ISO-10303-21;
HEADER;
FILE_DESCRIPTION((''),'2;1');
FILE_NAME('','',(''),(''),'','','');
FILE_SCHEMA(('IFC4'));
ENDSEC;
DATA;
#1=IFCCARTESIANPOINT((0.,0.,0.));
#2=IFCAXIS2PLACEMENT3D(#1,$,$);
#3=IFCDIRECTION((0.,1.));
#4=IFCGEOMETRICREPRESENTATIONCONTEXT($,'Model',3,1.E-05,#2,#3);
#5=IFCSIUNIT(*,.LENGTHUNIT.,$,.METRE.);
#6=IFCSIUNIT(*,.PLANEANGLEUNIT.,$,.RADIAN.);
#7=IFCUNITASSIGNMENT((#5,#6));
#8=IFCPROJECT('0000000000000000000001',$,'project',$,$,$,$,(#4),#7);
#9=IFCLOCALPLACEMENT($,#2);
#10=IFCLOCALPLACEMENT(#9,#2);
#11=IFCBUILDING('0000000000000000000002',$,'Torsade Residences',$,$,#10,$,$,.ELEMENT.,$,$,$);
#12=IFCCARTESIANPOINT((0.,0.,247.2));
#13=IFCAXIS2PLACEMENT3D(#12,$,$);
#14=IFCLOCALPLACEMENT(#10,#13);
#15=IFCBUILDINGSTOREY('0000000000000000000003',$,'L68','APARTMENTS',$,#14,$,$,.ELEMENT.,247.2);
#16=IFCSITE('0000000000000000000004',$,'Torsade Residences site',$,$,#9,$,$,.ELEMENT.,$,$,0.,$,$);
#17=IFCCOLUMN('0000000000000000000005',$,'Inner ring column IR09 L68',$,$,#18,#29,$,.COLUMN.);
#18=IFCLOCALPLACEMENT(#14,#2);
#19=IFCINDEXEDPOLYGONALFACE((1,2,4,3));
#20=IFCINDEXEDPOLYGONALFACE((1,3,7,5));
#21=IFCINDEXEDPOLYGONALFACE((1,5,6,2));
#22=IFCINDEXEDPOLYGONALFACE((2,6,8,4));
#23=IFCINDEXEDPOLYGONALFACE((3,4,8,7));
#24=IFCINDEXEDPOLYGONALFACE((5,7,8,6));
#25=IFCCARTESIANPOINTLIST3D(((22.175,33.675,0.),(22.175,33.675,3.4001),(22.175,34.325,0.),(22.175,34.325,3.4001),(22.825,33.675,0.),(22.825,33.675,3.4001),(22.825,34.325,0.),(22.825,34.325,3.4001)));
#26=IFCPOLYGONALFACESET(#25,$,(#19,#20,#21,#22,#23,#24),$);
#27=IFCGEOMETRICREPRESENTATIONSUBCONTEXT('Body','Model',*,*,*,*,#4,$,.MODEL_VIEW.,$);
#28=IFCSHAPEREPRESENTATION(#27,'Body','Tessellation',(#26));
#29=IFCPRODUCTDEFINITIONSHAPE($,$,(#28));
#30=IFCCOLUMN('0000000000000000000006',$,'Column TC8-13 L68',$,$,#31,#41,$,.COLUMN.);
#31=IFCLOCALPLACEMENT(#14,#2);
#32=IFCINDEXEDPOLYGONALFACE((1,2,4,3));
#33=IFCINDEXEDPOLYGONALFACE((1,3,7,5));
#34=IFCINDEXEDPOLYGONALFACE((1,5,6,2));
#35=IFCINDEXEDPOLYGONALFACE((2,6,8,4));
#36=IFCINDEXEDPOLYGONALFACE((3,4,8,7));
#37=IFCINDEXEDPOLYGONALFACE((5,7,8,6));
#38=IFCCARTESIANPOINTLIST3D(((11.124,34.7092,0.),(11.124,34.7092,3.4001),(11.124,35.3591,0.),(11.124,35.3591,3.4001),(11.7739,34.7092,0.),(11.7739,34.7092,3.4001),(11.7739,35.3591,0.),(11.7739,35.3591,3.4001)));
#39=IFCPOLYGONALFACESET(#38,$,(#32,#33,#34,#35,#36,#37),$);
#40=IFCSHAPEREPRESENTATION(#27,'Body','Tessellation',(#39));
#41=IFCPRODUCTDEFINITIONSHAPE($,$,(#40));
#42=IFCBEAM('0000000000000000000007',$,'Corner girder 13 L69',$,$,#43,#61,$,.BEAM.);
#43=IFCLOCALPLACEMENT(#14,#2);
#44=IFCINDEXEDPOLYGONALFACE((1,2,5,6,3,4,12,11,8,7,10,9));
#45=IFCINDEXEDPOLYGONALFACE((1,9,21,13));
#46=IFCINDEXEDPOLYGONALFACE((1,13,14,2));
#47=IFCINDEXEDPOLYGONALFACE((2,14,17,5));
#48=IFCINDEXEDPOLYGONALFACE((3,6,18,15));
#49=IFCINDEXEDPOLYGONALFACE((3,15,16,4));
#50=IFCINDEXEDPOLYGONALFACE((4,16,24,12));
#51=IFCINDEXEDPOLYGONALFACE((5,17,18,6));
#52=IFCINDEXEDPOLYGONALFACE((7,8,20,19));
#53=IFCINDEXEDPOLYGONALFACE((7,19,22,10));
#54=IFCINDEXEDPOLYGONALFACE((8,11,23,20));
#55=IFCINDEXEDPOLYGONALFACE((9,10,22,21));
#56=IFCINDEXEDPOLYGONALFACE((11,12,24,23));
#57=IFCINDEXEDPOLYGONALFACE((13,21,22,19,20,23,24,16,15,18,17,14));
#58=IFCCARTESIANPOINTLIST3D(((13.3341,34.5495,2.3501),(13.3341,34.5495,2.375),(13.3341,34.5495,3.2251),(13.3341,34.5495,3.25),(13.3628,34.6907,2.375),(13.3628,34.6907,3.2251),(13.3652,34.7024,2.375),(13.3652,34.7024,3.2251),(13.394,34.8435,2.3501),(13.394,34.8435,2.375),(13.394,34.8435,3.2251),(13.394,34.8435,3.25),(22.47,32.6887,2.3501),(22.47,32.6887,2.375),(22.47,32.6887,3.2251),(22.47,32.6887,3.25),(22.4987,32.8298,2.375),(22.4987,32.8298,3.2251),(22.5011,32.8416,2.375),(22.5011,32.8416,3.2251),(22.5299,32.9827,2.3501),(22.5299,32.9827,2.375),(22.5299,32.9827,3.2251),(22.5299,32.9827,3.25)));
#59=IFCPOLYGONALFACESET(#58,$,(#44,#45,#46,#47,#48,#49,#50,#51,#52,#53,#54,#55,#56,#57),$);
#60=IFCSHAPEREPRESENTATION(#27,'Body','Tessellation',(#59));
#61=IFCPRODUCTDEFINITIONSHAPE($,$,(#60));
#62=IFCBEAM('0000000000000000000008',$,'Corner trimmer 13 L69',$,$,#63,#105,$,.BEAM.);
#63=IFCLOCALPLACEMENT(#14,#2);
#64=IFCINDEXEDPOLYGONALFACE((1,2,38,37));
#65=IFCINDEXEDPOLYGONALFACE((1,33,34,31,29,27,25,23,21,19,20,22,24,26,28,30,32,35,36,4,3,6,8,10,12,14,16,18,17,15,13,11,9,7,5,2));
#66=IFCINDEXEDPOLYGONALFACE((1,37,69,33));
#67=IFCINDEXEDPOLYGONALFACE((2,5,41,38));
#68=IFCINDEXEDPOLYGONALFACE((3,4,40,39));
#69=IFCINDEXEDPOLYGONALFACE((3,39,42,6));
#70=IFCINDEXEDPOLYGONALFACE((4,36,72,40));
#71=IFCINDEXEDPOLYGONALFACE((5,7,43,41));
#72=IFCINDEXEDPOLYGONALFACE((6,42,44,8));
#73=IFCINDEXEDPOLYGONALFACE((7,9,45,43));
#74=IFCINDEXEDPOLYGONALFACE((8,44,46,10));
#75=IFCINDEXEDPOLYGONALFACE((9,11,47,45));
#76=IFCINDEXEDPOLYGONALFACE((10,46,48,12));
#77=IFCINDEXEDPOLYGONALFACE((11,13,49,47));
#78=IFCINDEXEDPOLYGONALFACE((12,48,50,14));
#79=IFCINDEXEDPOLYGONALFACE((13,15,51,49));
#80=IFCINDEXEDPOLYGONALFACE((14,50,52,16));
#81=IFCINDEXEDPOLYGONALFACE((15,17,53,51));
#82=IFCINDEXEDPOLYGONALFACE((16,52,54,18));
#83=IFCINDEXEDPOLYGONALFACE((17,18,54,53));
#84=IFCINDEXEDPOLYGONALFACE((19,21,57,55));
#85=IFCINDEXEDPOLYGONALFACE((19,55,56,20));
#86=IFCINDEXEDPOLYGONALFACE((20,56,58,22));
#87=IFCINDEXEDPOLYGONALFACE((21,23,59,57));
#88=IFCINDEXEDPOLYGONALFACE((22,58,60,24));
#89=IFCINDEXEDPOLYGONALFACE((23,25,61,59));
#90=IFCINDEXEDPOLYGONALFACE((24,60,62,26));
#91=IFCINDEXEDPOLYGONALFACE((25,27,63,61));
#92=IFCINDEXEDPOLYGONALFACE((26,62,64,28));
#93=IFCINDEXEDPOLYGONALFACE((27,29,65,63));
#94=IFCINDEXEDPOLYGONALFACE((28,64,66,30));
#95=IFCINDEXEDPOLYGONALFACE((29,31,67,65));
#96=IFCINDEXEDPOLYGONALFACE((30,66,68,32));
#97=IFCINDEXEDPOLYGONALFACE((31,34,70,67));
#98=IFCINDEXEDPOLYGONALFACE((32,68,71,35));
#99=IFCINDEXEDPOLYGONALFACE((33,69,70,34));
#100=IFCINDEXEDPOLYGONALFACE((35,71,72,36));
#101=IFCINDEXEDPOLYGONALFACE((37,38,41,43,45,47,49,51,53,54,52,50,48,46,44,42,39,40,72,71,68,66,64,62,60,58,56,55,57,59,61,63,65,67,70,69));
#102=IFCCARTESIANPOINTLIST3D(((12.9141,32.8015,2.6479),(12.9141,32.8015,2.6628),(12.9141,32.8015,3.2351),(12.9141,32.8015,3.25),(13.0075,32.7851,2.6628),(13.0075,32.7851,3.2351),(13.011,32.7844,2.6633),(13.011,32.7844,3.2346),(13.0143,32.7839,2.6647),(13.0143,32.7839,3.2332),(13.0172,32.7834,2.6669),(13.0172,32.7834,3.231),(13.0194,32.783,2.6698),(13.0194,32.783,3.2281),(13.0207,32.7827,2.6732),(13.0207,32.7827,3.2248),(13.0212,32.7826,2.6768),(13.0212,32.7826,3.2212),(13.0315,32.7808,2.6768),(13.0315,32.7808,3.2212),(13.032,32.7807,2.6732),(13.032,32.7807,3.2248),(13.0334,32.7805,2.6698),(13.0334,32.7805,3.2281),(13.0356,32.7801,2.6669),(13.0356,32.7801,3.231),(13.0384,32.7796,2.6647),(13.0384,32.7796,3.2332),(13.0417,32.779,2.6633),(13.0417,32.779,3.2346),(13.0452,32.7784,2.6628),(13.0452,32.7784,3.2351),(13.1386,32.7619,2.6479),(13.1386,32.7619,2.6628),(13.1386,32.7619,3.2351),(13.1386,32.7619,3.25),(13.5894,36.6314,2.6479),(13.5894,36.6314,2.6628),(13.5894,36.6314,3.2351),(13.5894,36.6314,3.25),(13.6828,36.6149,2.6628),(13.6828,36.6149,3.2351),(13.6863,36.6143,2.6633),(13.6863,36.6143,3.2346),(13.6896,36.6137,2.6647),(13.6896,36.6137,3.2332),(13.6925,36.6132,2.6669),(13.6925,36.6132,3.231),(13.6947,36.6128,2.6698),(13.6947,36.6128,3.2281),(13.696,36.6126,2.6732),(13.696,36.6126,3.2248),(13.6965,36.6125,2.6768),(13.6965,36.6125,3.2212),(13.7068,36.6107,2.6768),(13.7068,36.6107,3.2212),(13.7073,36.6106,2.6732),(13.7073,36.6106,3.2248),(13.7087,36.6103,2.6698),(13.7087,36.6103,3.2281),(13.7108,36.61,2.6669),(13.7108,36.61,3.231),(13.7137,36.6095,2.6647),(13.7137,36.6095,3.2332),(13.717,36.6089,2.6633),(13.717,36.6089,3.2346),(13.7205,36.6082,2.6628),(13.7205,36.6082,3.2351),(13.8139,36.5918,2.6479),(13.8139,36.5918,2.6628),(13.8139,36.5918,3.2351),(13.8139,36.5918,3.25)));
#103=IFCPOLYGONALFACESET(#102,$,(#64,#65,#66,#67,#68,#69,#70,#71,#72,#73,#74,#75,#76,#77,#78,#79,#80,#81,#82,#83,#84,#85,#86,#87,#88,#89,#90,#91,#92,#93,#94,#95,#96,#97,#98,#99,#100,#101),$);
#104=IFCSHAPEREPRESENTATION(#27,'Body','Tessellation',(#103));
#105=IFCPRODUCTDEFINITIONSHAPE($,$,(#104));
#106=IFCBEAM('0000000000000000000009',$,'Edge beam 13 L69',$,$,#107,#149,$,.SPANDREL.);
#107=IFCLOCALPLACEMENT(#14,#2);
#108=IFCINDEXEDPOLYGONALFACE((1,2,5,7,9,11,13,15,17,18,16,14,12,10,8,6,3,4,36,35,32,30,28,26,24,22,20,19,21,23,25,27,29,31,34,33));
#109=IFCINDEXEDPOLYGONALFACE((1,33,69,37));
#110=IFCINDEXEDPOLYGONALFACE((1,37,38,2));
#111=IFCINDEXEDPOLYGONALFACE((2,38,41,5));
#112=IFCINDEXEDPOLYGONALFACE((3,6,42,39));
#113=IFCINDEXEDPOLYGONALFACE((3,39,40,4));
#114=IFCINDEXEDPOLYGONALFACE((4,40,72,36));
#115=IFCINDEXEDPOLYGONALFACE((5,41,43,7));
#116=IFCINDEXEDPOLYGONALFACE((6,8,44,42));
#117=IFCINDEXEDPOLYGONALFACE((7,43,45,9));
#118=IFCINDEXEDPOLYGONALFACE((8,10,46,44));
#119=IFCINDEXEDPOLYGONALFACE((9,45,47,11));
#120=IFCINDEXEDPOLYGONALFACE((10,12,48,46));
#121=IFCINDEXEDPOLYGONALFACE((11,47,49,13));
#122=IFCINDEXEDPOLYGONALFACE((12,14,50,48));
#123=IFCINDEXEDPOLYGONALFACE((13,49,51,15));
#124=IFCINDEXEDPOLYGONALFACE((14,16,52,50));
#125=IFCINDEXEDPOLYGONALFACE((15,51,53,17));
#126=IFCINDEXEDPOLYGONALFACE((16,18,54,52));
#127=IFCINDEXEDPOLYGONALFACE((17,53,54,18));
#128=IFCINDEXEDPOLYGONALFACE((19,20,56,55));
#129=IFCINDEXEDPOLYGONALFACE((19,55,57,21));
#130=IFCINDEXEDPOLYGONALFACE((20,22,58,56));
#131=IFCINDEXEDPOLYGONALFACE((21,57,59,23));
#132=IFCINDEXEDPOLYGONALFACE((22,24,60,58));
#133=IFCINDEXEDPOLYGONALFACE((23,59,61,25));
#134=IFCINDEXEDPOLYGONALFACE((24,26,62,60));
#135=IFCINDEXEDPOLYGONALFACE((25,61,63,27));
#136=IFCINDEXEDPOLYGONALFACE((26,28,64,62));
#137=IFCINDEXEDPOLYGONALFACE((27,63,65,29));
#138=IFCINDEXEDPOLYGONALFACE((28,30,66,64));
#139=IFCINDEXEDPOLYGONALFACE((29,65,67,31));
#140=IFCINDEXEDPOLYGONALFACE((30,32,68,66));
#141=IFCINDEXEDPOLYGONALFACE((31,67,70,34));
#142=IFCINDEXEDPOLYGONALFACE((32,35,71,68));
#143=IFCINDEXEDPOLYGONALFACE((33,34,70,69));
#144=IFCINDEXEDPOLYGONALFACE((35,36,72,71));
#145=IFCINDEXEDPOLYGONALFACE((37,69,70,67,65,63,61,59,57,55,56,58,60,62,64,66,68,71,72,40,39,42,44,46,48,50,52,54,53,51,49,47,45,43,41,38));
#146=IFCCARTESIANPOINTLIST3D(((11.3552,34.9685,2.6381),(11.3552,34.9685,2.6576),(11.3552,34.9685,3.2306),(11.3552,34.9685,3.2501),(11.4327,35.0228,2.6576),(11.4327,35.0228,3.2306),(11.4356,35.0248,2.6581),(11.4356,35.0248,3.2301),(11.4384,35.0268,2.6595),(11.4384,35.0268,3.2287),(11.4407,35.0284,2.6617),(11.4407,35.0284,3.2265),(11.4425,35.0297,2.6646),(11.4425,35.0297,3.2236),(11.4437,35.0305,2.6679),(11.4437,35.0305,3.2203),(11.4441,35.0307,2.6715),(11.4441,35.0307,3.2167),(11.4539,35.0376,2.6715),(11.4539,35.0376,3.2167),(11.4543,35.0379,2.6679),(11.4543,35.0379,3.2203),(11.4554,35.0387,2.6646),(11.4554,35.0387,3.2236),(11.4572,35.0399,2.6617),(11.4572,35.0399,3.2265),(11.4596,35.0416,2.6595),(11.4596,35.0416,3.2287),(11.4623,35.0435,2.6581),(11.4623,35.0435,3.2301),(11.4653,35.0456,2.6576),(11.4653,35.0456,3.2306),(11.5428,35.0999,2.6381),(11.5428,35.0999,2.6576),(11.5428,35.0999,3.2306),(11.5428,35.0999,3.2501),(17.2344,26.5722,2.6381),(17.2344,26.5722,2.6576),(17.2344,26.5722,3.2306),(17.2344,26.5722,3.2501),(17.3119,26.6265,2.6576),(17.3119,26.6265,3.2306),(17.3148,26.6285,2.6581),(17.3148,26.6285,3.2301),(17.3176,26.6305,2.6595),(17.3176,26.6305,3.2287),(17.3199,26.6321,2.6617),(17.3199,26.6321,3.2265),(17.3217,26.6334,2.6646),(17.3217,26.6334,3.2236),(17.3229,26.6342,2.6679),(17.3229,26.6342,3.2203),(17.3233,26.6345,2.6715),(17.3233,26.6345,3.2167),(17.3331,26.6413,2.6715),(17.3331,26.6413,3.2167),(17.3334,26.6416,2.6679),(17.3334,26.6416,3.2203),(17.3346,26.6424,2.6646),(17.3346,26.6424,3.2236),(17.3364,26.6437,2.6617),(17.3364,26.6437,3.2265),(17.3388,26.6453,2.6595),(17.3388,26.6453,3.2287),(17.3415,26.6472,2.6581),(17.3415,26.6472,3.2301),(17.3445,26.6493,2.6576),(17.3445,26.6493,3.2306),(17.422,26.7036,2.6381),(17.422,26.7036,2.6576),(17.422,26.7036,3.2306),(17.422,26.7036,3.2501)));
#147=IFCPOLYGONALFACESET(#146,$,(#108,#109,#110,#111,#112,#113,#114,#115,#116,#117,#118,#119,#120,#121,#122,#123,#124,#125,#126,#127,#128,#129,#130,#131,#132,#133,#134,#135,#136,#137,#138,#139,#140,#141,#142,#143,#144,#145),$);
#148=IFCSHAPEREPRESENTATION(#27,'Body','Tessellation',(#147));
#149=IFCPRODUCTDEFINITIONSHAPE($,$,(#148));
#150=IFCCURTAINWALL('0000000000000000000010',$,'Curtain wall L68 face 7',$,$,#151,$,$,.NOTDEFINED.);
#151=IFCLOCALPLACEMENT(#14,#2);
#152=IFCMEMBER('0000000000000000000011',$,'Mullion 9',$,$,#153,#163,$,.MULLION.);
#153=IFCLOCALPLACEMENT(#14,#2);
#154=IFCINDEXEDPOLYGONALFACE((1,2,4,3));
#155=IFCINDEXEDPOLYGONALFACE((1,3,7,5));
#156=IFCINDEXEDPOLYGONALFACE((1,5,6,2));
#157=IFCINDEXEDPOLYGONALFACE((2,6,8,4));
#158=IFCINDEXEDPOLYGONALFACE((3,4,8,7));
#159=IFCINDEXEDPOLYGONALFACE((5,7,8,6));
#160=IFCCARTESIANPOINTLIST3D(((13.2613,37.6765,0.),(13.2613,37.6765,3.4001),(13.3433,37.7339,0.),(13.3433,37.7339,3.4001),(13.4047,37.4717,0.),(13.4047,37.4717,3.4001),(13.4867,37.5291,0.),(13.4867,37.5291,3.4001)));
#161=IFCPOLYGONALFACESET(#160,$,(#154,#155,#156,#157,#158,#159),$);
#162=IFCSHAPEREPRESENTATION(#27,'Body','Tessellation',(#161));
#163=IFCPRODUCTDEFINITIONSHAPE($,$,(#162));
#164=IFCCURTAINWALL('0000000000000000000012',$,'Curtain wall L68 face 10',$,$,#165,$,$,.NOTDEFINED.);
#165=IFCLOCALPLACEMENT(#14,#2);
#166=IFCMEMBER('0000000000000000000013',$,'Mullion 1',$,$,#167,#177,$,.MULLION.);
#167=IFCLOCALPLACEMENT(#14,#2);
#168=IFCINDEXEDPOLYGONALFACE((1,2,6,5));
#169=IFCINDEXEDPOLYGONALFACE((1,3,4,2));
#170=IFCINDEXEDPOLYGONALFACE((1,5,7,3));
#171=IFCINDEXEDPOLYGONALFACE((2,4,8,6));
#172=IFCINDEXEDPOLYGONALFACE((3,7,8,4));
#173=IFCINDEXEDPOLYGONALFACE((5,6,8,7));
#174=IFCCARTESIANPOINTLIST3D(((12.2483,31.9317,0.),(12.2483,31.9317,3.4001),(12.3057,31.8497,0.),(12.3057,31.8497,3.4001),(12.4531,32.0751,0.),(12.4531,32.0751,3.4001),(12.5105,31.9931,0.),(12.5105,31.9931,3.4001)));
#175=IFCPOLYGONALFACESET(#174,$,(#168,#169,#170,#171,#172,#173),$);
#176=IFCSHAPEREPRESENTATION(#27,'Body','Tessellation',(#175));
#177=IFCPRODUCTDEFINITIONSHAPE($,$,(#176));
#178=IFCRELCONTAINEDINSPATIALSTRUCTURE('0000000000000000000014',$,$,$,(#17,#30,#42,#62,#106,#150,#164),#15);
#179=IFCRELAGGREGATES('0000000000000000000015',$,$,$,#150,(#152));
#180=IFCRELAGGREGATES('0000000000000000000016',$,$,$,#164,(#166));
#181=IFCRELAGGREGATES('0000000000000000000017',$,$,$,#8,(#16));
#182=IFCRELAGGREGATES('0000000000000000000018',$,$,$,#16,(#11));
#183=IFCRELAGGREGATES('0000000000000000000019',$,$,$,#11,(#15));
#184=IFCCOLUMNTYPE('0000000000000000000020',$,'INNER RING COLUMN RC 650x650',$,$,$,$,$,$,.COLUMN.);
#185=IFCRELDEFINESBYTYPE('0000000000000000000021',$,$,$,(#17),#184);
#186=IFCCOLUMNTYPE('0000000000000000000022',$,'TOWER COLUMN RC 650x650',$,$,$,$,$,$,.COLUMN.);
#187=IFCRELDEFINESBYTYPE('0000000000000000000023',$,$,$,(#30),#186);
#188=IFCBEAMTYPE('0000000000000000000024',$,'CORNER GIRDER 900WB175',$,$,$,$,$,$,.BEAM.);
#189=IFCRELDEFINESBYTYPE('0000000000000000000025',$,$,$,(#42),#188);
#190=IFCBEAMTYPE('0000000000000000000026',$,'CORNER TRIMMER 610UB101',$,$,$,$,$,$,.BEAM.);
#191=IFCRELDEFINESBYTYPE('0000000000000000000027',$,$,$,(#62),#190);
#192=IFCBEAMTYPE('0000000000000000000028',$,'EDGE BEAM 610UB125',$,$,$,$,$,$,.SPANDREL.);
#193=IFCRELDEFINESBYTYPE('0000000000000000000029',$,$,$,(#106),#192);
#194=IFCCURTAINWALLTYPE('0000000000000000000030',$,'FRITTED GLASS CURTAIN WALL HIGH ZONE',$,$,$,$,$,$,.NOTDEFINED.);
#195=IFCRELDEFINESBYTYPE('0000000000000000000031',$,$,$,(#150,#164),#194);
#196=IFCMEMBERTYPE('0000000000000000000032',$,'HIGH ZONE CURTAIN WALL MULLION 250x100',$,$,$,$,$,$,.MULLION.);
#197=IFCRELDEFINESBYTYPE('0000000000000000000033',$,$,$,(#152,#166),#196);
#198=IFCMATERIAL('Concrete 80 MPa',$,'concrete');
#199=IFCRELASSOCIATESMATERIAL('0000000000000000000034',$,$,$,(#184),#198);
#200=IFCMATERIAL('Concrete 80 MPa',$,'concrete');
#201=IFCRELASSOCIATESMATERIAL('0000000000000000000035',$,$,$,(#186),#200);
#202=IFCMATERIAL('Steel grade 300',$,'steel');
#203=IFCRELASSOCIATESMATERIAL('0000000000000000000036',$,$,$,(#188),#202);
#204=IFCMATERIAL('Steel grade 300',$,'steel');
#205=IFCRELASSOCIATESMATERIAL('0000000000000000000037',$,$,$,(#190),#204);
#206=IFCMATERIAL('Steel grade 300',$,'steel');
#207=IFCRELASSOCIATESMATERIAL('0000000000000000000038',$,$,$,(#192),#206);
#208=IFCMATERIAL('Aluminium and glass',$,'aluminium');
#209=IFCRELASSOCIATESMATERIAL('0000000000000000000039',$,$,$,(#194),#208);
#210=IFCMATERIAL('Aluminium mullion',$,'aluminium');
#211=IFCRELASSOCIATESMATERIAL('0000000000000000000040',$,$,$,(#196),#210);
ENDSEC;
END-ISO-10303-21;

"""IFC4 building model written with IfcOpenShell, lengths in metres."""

from ifc_helpers import new_model, si_unit, direction, frame, origin, origin_2d, place, context, subcontext, project, spatial, rectangle, i_section, extrude, material, material_profile, profile_set, type_object, element, aggregate, save


model = new_model("IFC4")

# Units and contexts
model_context = context("Model", 3, precision=1e-05, world=origin(), true_north=direction((0.0, 1.0)))
body_context = subcontext(model_context, "Body", "Model", "MODEL_VIEW")
ifc_project = project(units=[si_unit("LENGTHUNIT", "METRE"), si_unit("PLANEANGLEUNIT", "RADIAN")], contexts=[model_context])

# Site, building, storey
site_placement = place(None, origin())
site = spatial("IfcSite", under=ifc_project, at=site_placement, Name="Torsade Residences site", CompositionType="ELEMENT", RefElevation=0.0)
building_placement = place(site_placement, origin())
building = spatial("IfcBuilding", under=site, at=building_placement, Name="Torsade Residences", CompositionType="ELEMENT")
storey_placement = place(building_placement, frame((0.0, 0.0, 247.2)))
storey = spatial("IfcBuildingStorey", under=building, at=storey_placement, Name="L68", Description="APARTMENTS", CompositionType="ELEMENT", Elevation=247.2)

# Columns
ifc_material_1 = material(Name="Concrete 80 MPa", Category="concrete")
ifc_material_profile_1 = material_profile(ifc_material_1, rectangle(XDim=0.6499, YDim=0.6499, at=origin_2d()), Name="RC 650x650")
ifc_profile_set_1 = profile_set([ifc_material_profile_1], Name="Concrete 80 MPa")
column_type_1 = type_object("IfcColumnType", Name="INNER RING COLUMN RC 650x650", PredefinedType="COLUMN", material=ifc_profile_set_1)
column_1_placement = place(storey_placement, frame((22.5, 34.0, 0.0), z_axis=(0.0, 0.0, 1.0), x_axis=(1.0, 0.0, 0.0)))
element("IfcColumn", 1, at=column_1_placement, inside=storey, type_object=column_type_1, Name="Inner ring column IR09 L68", PredefinedType="COLUMN", context=body_context, shape_type="SweptSolid", body=[
    extrude(rectangle(XDim=0.6499, YDim=0.6499, at=origin_2d()), origin(), (0.0, 0.0, 1.0), 3.4001),
])
ifc_material_2 = material(Name="Concrete 80 MPa", Category="concrete")
ifc_material_profile_2 = material_profile(ifc_material_2, rectangle(XDim=0.6499, YDim=0.6499, at=origin_2d()), Name="RC 650x650")
ifc_profile_set_2 = profile_set([ifc_material_profile_2], Name="Concrete 80 MPa")
column_type_2 = type_object("IfcColumnType", Name="TOWER COLUMN RC 650x650", PredefinedType="COLUMN", material=ifc_profile_set_2)
column_2_placement = place(storey_placement, frame((11.449, 35.0342, 0.0), z_axis=(0.0, 0.0, 1.0), x_axis=(1.0, 0.0, 0.0)))
element("IfcColumn", 2, at=column_2_placement, inside=storey, type_object=column_type_2, Name="Column TC8-13 L68", PredefinedType="COLUMN", context=body_context, shape_type="SweptSolid", body=[
    extrude(rectangle(XDim=0.6499, YDim=0.6499, at=origin_2d()), origin(), (0.0, 0.0, 1.0), 3.4001),
])

# Beams
ifc_material_3 = material(Name="Steel grade 300", Category="steel")
ifc_material_profile_3 = material_profile(ifc_material_3, i_section(OverallWidth=0.3, OverallDepth=0.8999, WebThickness=0.012, FlangeThickness=0.0249, at=origin_2d()), Name="900WB175")
ifc_profile_set_3 = profile_set([ifc_material_profile_3], Name="Steel grade 300")
beam_type_1 = type_object("IfcBeamType", Name="CORNER GIRDER 900WB175", PredefinedType="BEAM", material=ifc_profile_set_3)
beam_1_placement = place(storey_placement, frame((13.364, 34.6965, 2.8), z_axis=(0.979881, -0.199584, 0.0), x_axis=(0.199584, 0.979881, 0.0)))
element("IfcBeam", 3, at=beam_1_placement, inside=storey, type_object=beam_type_1, Name="Corner girder 13 L69", PredefinedType="BEAM", context=body_context, shape_type="SweptSolid", body=[
    extrude(i_section(OverallWidth=0.3, OverallDepth=0.8999, WebThickness=0.012, FlangeThickness=0.0249, at=origin_2d()), origin(), (0.0, 0.0, 1.0), 9.3235),
])
ifc_material_4 = material(Name="Steel grade 300", Category="steel")
ifc_material_profile_4 = material_profile(ifc_material_4, i_section(OverallWidth=0.228, OverallDepth=0.6021, WebThickness=0.0105, FlangeThickness=0.0149, FilletRadius=0.0139, at=origin_2d()), Name="610UB101")
ifc_profile_set_4 = profile_set([ifc_material_profile_4], Name="Steel grade 300")
beam_type_2 = type_object("IfcBeamType", Name="CORNER TRIMMER 610UB101", PredefinedType="BEAM", material=ifc_profile_set_4)
beam_2_placement = place(storey_placement, frame((13.0264, 32.7817, 2.949), z_axis=(0.173646, 0.984808, 0.0), x_axis=(-0.984808, 0.173646, 0.0)))
element("IfcBeam", 4, at=beam_2_placement, inside=storey, type_object=beam_type_2, Name="Corner trimmer 13 L69", PredefinedType="BEAM", context=body_context, shape_type="SweptSolid", body=[
    extrude(i_section(OverallWidth=0.228, OverallDepth=0.6021, WebThickness=0.0105, FlangeThickness=0.0149, FilletRadius=0.0139, at=origin_2d()), origin(), (0.0, 0.0, 1.0), 3.8889),
])
ifc_material_5 = material(Name="Steel grade 300", Category="steel")
ifc_material_profile_5 = material_profile(ifc_material_5, i_section(OverallWidth=0.229, OverallDepth=0.6121, WebThickness=0.012, FlangeThickness=0.0195, FilletRadius=0.0139, at=origin_2d()), Name="610UB125")
ifc_profile_set_5 = profile_set([ifc_material_profile_5], Name="Steel grade 300")
beam_type_3 = type_object("IfcBeamType", Name="EDGE BEAM 610UB125", PredefinedType="SPANDREL", material=ifc_profile_set_5)
beam_3_placement = place(storey_placement, frame((11.449, 35.0342, 2.9441), z_axis=(0.573579, -0.81915, 0.0), x_axis=(0.81915, 0.573579, 0.0)))
element("IfcBeam", 5, at=beam_3_placement, inside=storey, type_object=beam_type_3, Name="Edge beam 13 L69", PredefinedType="SPANDREL", context=body_context, shape_type="SweptSolid", body=[
    extrude(i_section(OverallWidth=0.229, OverallDepth=0.6121, WebThickness=0.012, FlangeThickness=0.0195, FilletRadius=0.0139, at=origin_2d()), origin(), (0.0, 0.0, 1.0), 10.25),
])

# Curtain wall, member
ifc_material_6 = material(Name="Aluminium and glass", Category="aluminium")
curtain_wall_type = type_object("IfcCurtainWallType", Name="FRITTED GLASS CURTAIN WALL HIGH ZONE", PredefinedType="NOTDEFINED", material=ifc_material_6)
curtain_wall_1_placement = place(storey_placement, origin())
curtain_wall_1 = element("IfcCurtainWall", 6, at=curtain_wall_1_placement, inside=storey, type_object=curtain_wall_type, Name="Curtain wall L68 face 7", PredefinedType="NOTDEFINED")
ifc_material_7 = material(Name="Aluminium mullion", Category="aluminium")
ifc_material_profile_6 = material_profile(ifc_material_7, rectangle(XDim=0.25, YDim=0.1001, at=origin_2d()), Name="HIGH ZONE CURTAIN WALL MULLION 250x100")
ifc_profile_set_6 = profile_set([ifc_material_profile_6], Name="Aluminium mullion")
member_type_1 = type_object("IfcMemberType", Name="HIGH ZONE CURTAIN WALL MULLION 250x100", PredefinedType="MULLION", material=ifc_profile_set_6)
member_1_placement = place(storey_placement, frame((13.374, 37.6028, 0.0), z_axis=(0.0, 0.0, 1.0), x_axis=(0.573576, -0.819152, 0.0)))
member_1 = element("IfcMember", 7, at=member_1_placement, type_object=member_type_1, Name="Mullion 9", PredefinedType="MULLION", context=body_context, shape_type="SweptSolid", body=[
    extrude(rectangle(XDim=0.25, YDim=0.1001, at=origin_2d()), origin(), (0.0, 0.0, 1.0), 3.4001),
])
aggregate(curtain_wall_1, [member_1])

# Curtain wall, member
curtain_wall_2_placement = place(storey_placement, origin())
curtain_wall_2 = element("IfcCurtainWall", 8, at=curtain_wall_2_placement, inside=storey, type_object=curtain_wall_type, Name="Curtain wall L68 face 10", PredefinedType="NOTDEFINED")
member_2_placement = place(storey_placement, frame((12.3794, 31.9624, 0.0), z_axis=(0.0, 0.0, 1.0), x_axis=(0.819152, 0.573576, 0.0)))
member_2 = element("IfcMember", 9, at=member_2_placement, type_object=member_type_1, Name="Mullion 1", PredefinedType="MULLION", context=body_context, shape_type="SweptSolid", body=[
    extrude(rectangle(XDim=0.25, YDim=0.1001, at=origin_2d()), origin(), (0.0, 0.0, 1.0), 3.4001),
])

aggregate(curtain_wall_2, [member_2])

save(model, "model.ifc")
